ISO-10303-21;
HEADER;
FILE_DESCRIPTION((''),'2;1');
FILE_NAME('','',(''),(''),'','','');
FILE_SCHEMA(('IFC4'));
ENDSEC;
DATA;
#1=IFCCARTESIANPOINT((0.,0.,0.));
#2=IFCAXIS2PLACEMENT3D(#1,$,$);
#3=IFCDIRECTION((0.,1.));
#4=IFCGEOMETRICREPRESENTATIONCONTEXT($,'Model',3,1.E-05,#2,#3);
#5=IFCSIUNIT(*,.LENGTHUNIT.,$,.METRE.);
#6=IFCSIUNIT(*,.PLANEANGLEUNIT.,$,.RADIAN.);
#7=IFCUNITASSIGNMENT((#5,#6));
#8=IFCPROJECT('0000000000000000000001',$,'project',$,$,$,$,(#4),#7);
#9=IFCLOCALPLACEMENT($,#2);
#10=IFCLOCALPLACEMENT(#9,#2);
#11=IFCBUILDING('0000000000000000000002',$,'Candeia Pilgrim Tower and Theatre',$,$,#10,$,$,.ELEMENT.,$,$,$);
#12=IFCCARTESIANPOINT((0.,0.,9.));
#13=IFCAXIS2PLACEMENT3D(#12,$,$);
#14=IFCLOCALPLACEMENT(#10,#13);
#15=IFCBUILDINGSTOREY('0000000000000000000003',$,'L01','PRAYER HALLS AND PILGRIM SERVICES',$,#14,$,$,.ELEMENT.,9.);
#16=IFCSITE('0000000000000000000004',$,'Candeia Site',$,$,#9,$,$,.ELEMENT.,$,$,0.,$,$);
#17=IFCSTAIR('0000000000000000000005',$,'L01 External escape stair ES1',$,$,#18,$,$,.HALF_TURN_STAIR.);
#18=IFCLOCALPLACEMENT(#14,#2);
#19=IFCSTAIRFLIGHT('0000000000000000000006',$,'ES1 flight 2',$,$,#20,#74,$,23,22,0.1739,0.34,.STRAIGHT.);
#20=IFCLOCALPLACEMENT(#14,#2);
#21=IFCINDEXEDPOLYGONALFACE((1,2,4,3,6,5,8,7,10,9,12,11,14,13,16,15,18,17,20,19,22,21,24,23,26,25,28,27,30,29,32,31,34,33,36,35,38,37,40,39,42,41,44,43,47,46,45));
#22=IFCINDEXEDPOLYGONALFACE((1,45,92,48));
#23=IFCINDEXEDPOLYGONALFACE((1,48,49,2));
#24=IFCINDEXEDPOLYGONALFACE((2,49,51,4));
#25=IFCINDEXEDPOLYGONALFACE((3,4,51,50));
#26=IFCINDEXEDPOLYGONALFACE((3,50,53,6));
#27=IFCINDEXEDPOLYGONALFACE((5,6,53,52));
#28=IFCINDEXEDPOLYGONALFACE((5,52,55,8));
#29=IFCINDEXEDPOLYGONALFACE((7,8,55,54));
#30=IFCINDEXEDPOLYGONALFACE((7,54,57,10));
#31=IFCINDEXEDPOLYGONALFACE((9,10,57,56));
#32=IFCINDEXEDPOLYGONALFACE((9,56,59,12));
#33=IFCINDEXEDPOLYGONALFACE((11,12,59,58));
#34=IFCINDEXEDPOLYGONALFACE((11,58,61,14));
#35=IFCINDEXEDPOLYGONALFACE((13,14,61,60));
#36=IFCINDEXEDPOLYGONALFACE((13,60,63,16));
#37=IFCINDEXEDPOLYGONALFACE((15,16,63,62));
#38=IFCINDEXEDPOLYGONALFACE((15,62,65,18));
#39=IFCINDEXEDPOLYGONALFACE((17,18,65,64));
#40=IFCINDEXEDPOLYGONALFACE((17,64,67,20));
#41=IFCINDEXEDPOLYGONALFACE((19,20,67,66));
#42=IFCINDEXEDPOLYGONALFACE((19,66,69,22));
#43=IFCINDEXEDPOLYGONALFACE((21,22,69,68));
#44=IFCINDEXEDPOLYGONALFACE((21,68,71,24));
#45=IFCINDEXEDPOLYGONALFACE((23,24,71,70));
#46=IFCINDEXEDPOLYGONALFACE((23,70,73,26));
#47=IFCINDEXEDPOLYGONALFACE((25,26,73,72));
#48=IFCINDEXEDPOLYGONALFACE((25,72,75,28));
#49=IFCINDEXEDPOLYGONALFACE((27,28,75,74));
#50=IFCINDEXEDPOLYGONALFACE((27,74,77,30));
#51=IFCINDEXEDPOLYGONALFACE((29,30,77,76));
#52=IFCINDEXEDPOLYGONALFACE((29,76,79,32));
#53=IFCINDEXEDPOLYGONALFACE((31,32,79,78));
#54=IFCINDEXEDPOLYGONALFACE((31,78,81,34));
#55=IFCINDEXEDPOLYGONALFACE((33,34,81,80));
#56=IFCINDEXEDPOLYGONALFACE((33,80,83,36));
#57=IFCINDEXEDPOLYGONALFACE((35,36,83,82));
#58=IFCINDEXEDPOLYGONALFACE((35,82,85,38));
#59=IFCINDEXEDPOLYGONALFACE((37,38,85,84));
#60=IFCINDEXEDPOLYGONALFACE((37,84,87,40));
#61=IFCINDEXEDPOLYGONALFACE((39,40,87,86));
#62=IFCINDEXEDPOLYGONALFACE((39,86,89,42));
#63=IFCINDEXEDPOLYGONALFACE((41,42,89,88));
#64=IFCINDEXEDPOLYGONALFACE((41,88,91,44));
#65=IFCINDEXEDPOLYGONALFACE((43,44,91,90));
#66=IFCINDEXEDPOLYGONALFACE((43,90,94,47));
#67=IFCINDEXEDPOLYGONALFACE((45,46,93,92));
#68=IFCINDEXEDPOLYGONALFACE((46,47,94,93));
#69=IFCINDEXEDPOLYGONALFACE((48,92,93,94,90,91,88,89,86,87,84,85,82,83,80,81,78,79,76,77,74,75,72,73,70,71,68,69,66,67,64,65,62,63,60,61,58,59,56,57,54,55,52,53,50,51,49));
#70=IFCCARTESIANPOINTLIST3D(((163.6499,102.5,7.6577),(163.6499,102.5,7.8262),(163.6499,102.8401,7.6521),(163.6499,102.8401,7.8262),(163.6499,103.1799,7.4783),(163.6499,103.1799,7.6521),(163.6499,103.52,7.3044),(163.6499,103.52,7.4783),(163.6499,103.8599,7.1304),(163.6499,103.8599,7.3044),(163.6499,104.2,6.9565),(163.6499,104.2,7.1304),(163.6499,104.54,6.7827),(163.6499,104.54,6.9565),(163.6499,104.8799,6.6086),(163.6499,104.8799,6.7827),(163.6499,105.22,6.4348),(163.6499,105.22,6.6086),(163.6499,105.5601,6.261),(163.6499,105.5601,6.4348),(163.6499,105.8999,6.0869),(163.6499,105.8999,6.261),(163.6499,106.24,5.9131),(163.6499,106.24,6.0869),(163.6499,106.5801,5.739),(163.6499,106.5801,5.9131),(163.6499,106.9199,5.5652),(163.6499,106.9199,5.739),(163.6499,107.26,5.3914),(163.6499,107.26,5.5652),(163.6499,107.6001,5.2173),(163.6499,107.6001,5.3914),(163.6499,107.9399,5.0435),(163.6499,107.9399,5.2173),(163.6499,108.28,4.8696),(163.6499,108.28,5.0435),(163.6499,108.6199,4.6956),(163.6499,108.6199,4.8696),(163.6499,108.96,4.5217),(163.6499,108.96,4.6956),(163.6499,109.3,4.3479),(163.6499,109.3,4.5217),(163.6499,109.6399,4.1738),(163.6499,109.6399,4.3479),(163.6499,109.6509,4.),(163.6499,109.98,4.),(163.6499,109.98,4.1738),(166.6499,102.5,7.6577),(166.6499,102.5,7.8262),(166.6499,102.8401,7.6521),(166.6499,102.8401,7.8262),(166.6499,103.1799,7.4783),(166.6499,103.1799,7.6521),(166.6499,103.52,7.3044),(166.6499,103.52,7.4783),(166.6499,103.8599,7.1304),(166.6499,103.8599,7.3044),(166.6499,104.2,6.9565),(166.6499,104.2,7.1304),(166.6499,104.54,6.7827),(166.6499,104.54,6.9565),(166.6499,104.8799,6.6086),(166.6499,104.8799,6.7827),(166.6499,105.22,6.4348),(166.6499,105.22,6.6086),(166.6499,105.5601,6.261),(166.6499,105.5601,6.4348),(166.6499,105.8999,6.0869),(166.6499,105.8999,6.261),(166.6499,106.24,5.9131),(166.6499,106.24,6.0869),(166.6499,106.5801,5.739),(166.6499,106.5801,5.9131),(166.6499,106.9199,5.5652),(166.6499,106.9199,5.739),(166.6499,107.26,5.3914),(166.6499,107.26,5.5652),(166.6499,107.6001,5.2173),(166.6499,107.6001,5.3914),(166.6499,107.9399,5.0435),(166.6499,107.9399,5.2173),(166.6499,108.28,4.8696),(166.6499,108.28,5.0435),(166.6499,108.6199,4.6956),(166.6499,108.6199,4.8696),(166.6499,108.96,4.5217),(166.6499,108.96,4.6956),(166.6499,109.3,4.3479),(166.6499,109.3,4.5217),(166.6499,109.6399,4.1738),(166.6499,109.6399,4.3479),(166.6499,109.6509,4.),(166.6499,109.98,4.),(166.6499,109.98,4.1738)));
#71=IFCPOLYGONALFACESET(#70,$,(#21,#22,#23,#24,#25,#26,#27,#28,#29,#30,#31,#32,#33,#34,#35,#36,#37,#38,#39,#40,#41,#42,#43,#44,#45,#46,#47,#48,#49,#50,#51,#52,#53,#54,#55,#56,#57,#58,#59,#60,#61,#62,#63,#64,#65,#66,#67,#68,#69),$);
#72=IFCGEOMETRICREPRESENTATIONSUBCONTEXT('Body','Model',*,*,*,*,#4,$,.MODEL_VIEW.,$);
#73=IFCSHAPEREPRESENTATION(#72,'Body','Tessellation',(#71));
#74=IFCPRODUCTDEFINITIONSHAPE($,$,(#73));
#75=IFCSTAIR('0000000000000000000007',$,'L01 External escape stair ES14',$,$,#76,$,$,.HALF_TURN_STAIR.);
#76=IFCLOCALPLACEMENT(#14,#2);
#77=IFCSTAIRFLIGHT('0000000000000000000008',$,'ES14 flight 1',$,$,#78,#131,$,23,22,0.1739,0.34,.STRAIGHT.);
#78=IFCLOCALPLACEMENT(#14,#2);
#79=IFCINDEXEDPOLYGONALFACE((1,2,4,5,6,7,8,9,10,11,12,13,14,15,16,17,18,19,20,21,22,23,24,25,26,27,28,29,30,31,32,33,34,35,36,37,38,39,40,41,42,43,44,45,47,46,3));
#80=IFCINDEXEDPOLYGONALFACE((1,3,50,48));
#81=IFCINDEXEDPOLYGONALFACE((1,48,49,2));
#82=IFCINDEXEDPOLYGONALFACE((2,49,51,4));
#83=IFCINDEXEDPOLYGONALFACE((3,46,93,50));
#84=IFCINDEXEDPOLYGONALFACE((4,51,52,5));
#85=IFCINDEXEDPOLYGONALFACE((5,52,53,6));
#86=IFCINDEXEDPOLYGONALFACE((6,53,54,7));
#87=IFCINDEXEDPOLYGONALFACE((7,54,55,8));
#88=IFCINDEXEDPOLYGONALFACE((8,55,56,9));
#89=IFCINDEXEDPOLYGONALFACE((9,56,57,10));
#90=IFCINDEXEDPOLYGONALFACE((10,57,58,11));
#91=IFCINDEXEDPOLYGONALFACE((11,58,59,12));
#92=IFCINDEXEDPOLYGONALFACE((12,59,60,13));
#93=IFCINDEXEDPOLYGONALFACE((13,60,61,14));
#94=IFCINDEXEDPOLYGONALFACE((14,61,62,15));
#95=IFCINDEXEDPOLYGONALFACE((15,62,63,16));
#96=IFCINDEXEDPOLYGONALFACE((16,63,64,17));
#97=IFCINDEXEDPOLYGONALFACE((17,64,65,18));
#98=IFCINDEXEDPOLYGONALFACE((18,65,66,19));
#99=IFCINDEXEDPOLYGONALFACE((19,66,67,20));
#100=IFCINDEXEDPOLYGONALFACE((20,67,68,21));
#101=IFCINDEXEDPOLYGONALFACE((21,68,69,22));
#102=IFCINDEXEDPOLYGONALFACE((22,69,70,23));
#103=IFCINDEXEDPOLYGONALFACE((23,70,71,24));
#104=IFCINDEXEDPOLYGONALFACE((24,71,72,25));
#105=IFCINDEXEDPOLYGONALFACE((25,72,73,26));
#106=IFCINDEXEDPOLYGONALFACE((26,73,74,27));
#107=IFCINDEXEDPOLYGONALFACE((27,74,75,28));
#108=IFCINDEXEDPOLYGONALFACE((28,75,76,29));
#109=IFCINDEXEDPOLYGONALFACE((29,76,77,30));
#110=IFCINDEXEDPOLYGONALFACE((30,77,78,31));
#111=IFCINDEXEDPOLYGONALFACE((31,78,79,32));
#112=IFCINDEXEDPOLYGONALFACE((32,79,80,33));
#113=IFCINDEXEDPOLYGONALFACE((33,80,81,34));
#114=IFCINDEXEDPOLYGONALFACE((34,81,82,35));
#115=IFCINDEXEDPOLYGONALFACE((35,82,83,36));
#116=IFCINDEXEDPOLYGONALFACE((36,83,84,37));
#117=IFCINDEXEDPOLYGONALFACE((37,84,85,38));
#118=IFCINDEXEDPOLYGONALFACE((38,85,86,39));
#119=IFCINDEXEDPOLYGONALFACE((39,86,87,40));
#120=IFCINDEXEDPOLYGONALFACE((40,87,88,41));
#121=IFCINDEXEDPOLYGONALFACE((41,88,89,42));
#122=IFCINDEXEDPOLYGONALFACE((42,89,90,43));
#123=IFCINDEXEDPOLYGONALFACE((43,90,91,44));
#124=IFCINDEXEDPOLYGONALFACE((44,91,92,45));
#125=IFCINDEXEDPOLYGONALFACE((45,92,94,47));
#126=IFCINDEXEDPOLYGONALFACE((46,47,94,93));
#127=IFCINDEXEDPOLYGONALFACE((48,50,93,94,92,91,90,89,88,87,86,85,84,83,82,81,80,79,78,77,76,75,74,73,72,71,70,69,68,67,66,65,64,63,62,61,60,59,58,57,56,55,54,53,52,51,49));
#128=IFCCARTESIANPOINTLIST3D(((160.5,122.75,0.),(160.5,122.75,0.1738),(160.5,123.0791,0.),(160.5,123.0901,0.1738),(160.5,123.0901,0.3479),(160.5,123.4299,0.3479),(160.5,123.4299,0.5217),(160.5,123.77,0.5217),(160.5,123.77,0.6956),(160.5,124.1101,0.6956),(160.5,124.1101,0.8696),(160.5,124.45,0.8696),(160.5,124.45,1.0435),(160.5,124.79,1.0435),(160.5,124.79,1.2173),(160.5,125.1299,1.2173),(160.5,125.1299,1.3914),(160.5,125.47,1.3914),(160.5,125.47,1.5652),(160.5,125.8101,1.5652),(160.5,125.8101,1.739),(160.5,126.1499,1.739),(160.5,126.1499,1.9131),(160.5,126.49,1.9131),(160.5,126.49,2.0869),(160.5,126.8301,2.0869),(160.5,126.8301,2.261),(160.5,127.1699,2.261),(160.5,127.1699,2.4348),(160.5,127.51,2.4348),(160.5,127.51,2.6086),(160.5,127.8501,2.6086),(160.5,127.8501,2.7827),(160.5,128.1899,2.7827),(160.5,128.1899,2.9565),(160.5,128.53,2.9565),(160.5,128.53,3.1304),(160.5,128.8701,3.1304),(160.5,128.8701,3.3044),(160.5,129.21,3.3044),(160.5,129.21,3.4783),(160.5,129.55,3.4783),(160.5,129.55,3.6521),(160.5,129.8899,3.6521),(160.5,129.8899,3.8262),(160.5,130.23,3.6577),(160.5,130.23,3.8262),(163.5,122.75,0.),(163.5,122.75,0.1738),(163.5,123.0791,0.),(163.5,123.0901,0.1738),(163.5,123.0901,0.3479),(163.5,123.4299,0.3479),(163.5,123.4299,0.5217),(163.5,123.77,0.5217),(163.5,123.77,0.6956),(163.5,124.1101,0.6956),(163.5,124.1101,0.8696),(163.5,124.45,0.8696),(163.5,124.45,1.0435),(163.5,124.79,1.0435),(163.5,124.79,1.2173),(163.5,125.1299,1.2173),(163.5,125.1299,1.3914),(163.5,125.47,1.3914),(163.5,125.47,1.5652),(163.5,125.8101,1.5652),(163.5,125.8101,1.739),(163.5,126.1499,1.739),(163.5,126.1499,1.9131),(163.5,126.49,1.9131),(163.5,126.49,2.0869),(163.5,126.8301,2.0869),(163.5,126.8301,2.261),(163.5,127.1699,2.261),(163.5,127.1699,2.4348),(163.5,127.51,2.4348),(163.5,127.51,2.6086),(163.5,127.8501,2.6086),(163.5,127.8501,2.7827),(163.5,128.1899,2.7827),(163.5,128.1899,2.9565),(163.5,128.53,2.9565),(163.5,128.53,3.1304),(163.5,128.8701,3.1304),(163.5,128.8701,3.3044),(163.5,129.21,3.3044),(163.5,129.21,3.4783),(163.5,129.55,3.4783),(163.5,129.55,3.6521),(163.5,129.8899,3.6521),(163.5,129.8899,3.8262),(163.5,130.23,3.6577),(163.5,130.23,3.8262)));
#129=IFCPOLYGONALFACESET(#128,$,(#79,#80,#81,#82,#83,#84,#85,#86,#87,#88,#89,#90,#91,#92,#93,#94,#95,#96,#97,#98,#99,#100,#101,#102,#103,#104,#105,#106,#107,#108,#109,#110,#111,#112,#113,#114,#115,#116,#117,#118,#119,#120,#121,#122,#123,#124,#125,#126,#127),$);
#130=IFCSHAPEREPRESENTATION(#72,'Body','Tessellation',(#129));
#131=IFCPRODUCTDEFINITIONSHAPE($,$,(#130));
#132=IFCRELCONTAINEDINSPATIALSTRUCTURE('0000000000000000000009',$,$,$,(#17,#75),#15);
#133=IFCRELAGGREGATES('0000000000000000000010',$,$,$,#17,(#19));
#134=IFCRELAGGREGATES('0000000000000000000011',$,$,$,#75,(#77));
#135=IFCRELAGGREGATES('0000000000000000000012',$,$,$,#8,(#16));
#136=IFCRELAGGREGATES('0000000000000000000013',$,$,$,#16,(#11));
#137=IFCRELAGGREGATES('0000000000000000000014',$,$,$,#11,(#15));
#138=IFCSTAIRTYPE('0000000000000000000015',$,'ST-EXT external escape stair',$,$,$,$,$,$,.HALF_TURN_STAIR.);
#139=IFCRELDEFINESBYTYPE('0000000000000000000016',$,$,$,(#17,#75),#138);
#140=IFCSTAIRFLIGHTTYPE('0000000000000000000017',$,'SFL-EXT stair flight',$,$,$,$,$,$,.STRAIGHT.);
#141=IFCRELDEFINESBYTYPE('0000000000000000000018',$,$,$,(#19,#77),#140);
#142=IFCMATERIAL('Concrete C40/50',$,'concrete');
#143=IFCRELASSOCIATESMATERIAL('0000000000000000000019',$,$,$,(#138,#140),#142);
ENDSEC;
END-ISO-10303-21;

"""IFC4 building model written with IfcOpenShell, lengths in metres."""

from ifc_helpers import new_model, si_unit, direction, frame, origin, place, context, subcontext, project, spatial, polyline, outline, extrude, material, type_object, element, aggregate, save


model = new_model("IFC4")

# Units and contexts
model_context = context("Model", 3, precision=1e-05, world=origin(), true_north=direction((0.0, 1.0)))
body_context = subcontext(model_context, "Body", "Model", "MODEL_VIEW")
ifc_project = project(units=[si_unit("LENGTHUNIT", "METRE"), si_unit("PLANEANGLEUNIT", "RADIAN")], contexts=[model_context])

# Site, building, storey
site_placement = place(None, origin())
site = spatial("IfcSite", under=ifc_project, at=site_placement, Name="Candeia Site", CompositionType="ELEMENT", RefElevation=0.0)
building_placement = place(site_placement, origin())
building = spatial("IfcBuilding", under=site, at=building_placement, Name="Candeia Pilgrim Tower and Theatre", CompositionType="ELEMENT")
storey_placement = place(building_placement, frame((0.0, 0.0, 9.0)))
storey = spatial("IfcBuildingStorey", under=building, at=storey_placement, Name="L01", Description="PRAYER HALLS AND PILGRIM SERVICES", CompositionType="ELEMENT", Elevation=9.0)

# Shared definitions
ifc_material_1 = material(Name="Concrete C40/50", Category="concrete")

# Stairs, stair flights
stair_type = type_object("IfcStairType", Name="ST-EXT external escape stair", PredefinedType="HALF_TURN_STAIR", material=ifc_material_1)
stair_1_placement = place(storey_placement, origin())
stair_1 = element("IfcStair", 1, at=stair_1_placement, inside=storey, type_object=stair_type, Name="L01 External escape stair ES1", PredefinedType="HALF_TURN_STAIR")
stair_flight_type = type_object("IfcStairFlightType", Name="SFL-EXT stair flight", PredefinedType="STRAIGHT", material=ifc_material_1)
stair_flight_1_placement = place(storey_placement, frame((165.1499, 109.98, 4.0), z_axis=(0.0, 0.0, 1.0), x_axis=(0.0, -1.0, 0.0)))
stair_flight_1 = element("IfcStairFlight", 2, at=stair_flight_1_placement, type_object=stair_flight_type, Name="ES1 flight 2", NumberOfRisers=23, NumberOfTreads=22, PredefinedType="STRAIGHT", RiserHeight=0.1739, TreadLength=0.34, context=body_context, shape_type="SweptSolid", body=[
    extrude(outline(polyline([(0.0, 0.0), (0.0, 0.1738), (0.3401, 0.1738), (0.3401, 0.3479), (0.6799, 0.3479), (0.6799, 0.5217), (1.02, 0.5217), (1.02, 0.6956), (1.3601, 0.6956), (1.3601, 0.8696), (1.7, 0.8696), (1.7, 1.0435), (2.04, 1.0435), (2.04, 1.2173), (2.3799, 1.2173), (2.3799, 1.3914), (2.72, 1.3914), (2.72, 1.5652), (3.0601, 1.5652), (3.0601, 1.739), (3.3999, 1.739), (3.3999, 1.9131), (3.74, 1.9131), (3.74, 2.0869), (4.0801, 2.0869), (4.0801, 2.261), (4.4199, 2.261), (4.4199, 2.4348), (4.76, 2.4348), (4.76, 2.6086), (5.1001, 2.6086), (5.1001, 2.7827), (5.4399, 2.7827), (5.4399, 2.9565), (5.78, 2.9565), (5.78, 3.1304), (6.1201, 3.1304), (6.1201, 3.3044), (6.46, 3.3044), (6.46, 3.4783), (6.8, 3.4783), (6.8, 3.6521), (7.1399, 3.6521), (7.1399, 3.8262), (7.48, 3.8262), (7.48, 4.0), (7.48, 3.6577), (0.3291, 0.0), (0.0, 0.0)])), frame((0.0, 1.5, 0.0), z_axis=(0.0, -1.0, 0.0), x_axis=(1.0, 0.0, 0.0)), (0.0, 0.0, 1.0), 3.0),
])
aggregate(stair_1, [stair_flight_1])
stair_2_placement = place(storey_placement, origin())
stair_2 = element("IfcStair", 3, at=stair_2_placement, inside=storey, type_object=stair_type, Name="L01 External escape stair ES14", PredefinedType="HALF_TURN_STAIR")
stair_flight_2_placement = place(storey_placement, frame((162.0, 122.75, 0.0), z_axis=(0.0, 0.0, 1.0), x_axis=(0.0, 1.0, 0.0)))
stair_flight_2 = element("IfcStairFlight", 4, at=stair_flight_2_placement, type_object=stair_flight_type, Name="ES14 flight 1", NumberOfRisers=23, NumberOfTreads=22, PredefinedType="STRAIGHT", RiserHeight=0.1739, TreadLength=0.34, context=body_context, shape_type="SweptSolid", body=[
    extrude(outline(polyline([(0.0, 0.0), (0.0, 0.1738), (0.3401, 0.1738), (0.3401, 0.3479), (0.6799, 0.3479), (0.6799, 0.5217), (1.02, 0.5217), (1.02, 0.6956), (1.3601, 0.6956), (1.3601, 0.8696), (1.7, 0.8696), (1.7, 1.0435), (2.04, 1.0435), (2.04, 1.2173), (2.3799, 1.2173), (2.3799, 1.3914), (2.72, 1.3914), (2.72, 1.5652), (3.0601, 1.5652), (3.0601, 1.739), (3.3999, 1.739), (3.3999, 1.9131), (3.74, 1.9131), (3.74, 2.0869), (4.0801, 2.0869), (4.0801, 2.261), (4.4199, 2.261), (4.4199, 2.4348), (4.76, 2.4348), (4.76, 2.6086), (5.1001, 2.6086), (5.1001, 2.7827), (5.4399, 2.7827), (5.4399, 2.9565), (5.78, 2.9565), (5.78, 3.1304), (6.1201, 3.1304), (6.1201, 3.3044), (6.46, 3.3044), (6.46, 3.4783), (6.8, 3.4783), (6.8, 3.6521), (7.1399, 3.6521), (7.1399, 3.8262), (7.48, 3.8262), (7.48, 4.0), (7.48, 3.6577), (0.3291, 0.0), (0.0, 0.0)])), frame((0.0, 1.5, 0.0), z_axis=(0.0, -1.0, 0.0), x_axis=(1.0, 0.0, 0.0)), (0.0, 0.0, 1.0), 3.0),
])
aggregate(stair_2, [stair_flight_2])

save(model, "model.ifc")
